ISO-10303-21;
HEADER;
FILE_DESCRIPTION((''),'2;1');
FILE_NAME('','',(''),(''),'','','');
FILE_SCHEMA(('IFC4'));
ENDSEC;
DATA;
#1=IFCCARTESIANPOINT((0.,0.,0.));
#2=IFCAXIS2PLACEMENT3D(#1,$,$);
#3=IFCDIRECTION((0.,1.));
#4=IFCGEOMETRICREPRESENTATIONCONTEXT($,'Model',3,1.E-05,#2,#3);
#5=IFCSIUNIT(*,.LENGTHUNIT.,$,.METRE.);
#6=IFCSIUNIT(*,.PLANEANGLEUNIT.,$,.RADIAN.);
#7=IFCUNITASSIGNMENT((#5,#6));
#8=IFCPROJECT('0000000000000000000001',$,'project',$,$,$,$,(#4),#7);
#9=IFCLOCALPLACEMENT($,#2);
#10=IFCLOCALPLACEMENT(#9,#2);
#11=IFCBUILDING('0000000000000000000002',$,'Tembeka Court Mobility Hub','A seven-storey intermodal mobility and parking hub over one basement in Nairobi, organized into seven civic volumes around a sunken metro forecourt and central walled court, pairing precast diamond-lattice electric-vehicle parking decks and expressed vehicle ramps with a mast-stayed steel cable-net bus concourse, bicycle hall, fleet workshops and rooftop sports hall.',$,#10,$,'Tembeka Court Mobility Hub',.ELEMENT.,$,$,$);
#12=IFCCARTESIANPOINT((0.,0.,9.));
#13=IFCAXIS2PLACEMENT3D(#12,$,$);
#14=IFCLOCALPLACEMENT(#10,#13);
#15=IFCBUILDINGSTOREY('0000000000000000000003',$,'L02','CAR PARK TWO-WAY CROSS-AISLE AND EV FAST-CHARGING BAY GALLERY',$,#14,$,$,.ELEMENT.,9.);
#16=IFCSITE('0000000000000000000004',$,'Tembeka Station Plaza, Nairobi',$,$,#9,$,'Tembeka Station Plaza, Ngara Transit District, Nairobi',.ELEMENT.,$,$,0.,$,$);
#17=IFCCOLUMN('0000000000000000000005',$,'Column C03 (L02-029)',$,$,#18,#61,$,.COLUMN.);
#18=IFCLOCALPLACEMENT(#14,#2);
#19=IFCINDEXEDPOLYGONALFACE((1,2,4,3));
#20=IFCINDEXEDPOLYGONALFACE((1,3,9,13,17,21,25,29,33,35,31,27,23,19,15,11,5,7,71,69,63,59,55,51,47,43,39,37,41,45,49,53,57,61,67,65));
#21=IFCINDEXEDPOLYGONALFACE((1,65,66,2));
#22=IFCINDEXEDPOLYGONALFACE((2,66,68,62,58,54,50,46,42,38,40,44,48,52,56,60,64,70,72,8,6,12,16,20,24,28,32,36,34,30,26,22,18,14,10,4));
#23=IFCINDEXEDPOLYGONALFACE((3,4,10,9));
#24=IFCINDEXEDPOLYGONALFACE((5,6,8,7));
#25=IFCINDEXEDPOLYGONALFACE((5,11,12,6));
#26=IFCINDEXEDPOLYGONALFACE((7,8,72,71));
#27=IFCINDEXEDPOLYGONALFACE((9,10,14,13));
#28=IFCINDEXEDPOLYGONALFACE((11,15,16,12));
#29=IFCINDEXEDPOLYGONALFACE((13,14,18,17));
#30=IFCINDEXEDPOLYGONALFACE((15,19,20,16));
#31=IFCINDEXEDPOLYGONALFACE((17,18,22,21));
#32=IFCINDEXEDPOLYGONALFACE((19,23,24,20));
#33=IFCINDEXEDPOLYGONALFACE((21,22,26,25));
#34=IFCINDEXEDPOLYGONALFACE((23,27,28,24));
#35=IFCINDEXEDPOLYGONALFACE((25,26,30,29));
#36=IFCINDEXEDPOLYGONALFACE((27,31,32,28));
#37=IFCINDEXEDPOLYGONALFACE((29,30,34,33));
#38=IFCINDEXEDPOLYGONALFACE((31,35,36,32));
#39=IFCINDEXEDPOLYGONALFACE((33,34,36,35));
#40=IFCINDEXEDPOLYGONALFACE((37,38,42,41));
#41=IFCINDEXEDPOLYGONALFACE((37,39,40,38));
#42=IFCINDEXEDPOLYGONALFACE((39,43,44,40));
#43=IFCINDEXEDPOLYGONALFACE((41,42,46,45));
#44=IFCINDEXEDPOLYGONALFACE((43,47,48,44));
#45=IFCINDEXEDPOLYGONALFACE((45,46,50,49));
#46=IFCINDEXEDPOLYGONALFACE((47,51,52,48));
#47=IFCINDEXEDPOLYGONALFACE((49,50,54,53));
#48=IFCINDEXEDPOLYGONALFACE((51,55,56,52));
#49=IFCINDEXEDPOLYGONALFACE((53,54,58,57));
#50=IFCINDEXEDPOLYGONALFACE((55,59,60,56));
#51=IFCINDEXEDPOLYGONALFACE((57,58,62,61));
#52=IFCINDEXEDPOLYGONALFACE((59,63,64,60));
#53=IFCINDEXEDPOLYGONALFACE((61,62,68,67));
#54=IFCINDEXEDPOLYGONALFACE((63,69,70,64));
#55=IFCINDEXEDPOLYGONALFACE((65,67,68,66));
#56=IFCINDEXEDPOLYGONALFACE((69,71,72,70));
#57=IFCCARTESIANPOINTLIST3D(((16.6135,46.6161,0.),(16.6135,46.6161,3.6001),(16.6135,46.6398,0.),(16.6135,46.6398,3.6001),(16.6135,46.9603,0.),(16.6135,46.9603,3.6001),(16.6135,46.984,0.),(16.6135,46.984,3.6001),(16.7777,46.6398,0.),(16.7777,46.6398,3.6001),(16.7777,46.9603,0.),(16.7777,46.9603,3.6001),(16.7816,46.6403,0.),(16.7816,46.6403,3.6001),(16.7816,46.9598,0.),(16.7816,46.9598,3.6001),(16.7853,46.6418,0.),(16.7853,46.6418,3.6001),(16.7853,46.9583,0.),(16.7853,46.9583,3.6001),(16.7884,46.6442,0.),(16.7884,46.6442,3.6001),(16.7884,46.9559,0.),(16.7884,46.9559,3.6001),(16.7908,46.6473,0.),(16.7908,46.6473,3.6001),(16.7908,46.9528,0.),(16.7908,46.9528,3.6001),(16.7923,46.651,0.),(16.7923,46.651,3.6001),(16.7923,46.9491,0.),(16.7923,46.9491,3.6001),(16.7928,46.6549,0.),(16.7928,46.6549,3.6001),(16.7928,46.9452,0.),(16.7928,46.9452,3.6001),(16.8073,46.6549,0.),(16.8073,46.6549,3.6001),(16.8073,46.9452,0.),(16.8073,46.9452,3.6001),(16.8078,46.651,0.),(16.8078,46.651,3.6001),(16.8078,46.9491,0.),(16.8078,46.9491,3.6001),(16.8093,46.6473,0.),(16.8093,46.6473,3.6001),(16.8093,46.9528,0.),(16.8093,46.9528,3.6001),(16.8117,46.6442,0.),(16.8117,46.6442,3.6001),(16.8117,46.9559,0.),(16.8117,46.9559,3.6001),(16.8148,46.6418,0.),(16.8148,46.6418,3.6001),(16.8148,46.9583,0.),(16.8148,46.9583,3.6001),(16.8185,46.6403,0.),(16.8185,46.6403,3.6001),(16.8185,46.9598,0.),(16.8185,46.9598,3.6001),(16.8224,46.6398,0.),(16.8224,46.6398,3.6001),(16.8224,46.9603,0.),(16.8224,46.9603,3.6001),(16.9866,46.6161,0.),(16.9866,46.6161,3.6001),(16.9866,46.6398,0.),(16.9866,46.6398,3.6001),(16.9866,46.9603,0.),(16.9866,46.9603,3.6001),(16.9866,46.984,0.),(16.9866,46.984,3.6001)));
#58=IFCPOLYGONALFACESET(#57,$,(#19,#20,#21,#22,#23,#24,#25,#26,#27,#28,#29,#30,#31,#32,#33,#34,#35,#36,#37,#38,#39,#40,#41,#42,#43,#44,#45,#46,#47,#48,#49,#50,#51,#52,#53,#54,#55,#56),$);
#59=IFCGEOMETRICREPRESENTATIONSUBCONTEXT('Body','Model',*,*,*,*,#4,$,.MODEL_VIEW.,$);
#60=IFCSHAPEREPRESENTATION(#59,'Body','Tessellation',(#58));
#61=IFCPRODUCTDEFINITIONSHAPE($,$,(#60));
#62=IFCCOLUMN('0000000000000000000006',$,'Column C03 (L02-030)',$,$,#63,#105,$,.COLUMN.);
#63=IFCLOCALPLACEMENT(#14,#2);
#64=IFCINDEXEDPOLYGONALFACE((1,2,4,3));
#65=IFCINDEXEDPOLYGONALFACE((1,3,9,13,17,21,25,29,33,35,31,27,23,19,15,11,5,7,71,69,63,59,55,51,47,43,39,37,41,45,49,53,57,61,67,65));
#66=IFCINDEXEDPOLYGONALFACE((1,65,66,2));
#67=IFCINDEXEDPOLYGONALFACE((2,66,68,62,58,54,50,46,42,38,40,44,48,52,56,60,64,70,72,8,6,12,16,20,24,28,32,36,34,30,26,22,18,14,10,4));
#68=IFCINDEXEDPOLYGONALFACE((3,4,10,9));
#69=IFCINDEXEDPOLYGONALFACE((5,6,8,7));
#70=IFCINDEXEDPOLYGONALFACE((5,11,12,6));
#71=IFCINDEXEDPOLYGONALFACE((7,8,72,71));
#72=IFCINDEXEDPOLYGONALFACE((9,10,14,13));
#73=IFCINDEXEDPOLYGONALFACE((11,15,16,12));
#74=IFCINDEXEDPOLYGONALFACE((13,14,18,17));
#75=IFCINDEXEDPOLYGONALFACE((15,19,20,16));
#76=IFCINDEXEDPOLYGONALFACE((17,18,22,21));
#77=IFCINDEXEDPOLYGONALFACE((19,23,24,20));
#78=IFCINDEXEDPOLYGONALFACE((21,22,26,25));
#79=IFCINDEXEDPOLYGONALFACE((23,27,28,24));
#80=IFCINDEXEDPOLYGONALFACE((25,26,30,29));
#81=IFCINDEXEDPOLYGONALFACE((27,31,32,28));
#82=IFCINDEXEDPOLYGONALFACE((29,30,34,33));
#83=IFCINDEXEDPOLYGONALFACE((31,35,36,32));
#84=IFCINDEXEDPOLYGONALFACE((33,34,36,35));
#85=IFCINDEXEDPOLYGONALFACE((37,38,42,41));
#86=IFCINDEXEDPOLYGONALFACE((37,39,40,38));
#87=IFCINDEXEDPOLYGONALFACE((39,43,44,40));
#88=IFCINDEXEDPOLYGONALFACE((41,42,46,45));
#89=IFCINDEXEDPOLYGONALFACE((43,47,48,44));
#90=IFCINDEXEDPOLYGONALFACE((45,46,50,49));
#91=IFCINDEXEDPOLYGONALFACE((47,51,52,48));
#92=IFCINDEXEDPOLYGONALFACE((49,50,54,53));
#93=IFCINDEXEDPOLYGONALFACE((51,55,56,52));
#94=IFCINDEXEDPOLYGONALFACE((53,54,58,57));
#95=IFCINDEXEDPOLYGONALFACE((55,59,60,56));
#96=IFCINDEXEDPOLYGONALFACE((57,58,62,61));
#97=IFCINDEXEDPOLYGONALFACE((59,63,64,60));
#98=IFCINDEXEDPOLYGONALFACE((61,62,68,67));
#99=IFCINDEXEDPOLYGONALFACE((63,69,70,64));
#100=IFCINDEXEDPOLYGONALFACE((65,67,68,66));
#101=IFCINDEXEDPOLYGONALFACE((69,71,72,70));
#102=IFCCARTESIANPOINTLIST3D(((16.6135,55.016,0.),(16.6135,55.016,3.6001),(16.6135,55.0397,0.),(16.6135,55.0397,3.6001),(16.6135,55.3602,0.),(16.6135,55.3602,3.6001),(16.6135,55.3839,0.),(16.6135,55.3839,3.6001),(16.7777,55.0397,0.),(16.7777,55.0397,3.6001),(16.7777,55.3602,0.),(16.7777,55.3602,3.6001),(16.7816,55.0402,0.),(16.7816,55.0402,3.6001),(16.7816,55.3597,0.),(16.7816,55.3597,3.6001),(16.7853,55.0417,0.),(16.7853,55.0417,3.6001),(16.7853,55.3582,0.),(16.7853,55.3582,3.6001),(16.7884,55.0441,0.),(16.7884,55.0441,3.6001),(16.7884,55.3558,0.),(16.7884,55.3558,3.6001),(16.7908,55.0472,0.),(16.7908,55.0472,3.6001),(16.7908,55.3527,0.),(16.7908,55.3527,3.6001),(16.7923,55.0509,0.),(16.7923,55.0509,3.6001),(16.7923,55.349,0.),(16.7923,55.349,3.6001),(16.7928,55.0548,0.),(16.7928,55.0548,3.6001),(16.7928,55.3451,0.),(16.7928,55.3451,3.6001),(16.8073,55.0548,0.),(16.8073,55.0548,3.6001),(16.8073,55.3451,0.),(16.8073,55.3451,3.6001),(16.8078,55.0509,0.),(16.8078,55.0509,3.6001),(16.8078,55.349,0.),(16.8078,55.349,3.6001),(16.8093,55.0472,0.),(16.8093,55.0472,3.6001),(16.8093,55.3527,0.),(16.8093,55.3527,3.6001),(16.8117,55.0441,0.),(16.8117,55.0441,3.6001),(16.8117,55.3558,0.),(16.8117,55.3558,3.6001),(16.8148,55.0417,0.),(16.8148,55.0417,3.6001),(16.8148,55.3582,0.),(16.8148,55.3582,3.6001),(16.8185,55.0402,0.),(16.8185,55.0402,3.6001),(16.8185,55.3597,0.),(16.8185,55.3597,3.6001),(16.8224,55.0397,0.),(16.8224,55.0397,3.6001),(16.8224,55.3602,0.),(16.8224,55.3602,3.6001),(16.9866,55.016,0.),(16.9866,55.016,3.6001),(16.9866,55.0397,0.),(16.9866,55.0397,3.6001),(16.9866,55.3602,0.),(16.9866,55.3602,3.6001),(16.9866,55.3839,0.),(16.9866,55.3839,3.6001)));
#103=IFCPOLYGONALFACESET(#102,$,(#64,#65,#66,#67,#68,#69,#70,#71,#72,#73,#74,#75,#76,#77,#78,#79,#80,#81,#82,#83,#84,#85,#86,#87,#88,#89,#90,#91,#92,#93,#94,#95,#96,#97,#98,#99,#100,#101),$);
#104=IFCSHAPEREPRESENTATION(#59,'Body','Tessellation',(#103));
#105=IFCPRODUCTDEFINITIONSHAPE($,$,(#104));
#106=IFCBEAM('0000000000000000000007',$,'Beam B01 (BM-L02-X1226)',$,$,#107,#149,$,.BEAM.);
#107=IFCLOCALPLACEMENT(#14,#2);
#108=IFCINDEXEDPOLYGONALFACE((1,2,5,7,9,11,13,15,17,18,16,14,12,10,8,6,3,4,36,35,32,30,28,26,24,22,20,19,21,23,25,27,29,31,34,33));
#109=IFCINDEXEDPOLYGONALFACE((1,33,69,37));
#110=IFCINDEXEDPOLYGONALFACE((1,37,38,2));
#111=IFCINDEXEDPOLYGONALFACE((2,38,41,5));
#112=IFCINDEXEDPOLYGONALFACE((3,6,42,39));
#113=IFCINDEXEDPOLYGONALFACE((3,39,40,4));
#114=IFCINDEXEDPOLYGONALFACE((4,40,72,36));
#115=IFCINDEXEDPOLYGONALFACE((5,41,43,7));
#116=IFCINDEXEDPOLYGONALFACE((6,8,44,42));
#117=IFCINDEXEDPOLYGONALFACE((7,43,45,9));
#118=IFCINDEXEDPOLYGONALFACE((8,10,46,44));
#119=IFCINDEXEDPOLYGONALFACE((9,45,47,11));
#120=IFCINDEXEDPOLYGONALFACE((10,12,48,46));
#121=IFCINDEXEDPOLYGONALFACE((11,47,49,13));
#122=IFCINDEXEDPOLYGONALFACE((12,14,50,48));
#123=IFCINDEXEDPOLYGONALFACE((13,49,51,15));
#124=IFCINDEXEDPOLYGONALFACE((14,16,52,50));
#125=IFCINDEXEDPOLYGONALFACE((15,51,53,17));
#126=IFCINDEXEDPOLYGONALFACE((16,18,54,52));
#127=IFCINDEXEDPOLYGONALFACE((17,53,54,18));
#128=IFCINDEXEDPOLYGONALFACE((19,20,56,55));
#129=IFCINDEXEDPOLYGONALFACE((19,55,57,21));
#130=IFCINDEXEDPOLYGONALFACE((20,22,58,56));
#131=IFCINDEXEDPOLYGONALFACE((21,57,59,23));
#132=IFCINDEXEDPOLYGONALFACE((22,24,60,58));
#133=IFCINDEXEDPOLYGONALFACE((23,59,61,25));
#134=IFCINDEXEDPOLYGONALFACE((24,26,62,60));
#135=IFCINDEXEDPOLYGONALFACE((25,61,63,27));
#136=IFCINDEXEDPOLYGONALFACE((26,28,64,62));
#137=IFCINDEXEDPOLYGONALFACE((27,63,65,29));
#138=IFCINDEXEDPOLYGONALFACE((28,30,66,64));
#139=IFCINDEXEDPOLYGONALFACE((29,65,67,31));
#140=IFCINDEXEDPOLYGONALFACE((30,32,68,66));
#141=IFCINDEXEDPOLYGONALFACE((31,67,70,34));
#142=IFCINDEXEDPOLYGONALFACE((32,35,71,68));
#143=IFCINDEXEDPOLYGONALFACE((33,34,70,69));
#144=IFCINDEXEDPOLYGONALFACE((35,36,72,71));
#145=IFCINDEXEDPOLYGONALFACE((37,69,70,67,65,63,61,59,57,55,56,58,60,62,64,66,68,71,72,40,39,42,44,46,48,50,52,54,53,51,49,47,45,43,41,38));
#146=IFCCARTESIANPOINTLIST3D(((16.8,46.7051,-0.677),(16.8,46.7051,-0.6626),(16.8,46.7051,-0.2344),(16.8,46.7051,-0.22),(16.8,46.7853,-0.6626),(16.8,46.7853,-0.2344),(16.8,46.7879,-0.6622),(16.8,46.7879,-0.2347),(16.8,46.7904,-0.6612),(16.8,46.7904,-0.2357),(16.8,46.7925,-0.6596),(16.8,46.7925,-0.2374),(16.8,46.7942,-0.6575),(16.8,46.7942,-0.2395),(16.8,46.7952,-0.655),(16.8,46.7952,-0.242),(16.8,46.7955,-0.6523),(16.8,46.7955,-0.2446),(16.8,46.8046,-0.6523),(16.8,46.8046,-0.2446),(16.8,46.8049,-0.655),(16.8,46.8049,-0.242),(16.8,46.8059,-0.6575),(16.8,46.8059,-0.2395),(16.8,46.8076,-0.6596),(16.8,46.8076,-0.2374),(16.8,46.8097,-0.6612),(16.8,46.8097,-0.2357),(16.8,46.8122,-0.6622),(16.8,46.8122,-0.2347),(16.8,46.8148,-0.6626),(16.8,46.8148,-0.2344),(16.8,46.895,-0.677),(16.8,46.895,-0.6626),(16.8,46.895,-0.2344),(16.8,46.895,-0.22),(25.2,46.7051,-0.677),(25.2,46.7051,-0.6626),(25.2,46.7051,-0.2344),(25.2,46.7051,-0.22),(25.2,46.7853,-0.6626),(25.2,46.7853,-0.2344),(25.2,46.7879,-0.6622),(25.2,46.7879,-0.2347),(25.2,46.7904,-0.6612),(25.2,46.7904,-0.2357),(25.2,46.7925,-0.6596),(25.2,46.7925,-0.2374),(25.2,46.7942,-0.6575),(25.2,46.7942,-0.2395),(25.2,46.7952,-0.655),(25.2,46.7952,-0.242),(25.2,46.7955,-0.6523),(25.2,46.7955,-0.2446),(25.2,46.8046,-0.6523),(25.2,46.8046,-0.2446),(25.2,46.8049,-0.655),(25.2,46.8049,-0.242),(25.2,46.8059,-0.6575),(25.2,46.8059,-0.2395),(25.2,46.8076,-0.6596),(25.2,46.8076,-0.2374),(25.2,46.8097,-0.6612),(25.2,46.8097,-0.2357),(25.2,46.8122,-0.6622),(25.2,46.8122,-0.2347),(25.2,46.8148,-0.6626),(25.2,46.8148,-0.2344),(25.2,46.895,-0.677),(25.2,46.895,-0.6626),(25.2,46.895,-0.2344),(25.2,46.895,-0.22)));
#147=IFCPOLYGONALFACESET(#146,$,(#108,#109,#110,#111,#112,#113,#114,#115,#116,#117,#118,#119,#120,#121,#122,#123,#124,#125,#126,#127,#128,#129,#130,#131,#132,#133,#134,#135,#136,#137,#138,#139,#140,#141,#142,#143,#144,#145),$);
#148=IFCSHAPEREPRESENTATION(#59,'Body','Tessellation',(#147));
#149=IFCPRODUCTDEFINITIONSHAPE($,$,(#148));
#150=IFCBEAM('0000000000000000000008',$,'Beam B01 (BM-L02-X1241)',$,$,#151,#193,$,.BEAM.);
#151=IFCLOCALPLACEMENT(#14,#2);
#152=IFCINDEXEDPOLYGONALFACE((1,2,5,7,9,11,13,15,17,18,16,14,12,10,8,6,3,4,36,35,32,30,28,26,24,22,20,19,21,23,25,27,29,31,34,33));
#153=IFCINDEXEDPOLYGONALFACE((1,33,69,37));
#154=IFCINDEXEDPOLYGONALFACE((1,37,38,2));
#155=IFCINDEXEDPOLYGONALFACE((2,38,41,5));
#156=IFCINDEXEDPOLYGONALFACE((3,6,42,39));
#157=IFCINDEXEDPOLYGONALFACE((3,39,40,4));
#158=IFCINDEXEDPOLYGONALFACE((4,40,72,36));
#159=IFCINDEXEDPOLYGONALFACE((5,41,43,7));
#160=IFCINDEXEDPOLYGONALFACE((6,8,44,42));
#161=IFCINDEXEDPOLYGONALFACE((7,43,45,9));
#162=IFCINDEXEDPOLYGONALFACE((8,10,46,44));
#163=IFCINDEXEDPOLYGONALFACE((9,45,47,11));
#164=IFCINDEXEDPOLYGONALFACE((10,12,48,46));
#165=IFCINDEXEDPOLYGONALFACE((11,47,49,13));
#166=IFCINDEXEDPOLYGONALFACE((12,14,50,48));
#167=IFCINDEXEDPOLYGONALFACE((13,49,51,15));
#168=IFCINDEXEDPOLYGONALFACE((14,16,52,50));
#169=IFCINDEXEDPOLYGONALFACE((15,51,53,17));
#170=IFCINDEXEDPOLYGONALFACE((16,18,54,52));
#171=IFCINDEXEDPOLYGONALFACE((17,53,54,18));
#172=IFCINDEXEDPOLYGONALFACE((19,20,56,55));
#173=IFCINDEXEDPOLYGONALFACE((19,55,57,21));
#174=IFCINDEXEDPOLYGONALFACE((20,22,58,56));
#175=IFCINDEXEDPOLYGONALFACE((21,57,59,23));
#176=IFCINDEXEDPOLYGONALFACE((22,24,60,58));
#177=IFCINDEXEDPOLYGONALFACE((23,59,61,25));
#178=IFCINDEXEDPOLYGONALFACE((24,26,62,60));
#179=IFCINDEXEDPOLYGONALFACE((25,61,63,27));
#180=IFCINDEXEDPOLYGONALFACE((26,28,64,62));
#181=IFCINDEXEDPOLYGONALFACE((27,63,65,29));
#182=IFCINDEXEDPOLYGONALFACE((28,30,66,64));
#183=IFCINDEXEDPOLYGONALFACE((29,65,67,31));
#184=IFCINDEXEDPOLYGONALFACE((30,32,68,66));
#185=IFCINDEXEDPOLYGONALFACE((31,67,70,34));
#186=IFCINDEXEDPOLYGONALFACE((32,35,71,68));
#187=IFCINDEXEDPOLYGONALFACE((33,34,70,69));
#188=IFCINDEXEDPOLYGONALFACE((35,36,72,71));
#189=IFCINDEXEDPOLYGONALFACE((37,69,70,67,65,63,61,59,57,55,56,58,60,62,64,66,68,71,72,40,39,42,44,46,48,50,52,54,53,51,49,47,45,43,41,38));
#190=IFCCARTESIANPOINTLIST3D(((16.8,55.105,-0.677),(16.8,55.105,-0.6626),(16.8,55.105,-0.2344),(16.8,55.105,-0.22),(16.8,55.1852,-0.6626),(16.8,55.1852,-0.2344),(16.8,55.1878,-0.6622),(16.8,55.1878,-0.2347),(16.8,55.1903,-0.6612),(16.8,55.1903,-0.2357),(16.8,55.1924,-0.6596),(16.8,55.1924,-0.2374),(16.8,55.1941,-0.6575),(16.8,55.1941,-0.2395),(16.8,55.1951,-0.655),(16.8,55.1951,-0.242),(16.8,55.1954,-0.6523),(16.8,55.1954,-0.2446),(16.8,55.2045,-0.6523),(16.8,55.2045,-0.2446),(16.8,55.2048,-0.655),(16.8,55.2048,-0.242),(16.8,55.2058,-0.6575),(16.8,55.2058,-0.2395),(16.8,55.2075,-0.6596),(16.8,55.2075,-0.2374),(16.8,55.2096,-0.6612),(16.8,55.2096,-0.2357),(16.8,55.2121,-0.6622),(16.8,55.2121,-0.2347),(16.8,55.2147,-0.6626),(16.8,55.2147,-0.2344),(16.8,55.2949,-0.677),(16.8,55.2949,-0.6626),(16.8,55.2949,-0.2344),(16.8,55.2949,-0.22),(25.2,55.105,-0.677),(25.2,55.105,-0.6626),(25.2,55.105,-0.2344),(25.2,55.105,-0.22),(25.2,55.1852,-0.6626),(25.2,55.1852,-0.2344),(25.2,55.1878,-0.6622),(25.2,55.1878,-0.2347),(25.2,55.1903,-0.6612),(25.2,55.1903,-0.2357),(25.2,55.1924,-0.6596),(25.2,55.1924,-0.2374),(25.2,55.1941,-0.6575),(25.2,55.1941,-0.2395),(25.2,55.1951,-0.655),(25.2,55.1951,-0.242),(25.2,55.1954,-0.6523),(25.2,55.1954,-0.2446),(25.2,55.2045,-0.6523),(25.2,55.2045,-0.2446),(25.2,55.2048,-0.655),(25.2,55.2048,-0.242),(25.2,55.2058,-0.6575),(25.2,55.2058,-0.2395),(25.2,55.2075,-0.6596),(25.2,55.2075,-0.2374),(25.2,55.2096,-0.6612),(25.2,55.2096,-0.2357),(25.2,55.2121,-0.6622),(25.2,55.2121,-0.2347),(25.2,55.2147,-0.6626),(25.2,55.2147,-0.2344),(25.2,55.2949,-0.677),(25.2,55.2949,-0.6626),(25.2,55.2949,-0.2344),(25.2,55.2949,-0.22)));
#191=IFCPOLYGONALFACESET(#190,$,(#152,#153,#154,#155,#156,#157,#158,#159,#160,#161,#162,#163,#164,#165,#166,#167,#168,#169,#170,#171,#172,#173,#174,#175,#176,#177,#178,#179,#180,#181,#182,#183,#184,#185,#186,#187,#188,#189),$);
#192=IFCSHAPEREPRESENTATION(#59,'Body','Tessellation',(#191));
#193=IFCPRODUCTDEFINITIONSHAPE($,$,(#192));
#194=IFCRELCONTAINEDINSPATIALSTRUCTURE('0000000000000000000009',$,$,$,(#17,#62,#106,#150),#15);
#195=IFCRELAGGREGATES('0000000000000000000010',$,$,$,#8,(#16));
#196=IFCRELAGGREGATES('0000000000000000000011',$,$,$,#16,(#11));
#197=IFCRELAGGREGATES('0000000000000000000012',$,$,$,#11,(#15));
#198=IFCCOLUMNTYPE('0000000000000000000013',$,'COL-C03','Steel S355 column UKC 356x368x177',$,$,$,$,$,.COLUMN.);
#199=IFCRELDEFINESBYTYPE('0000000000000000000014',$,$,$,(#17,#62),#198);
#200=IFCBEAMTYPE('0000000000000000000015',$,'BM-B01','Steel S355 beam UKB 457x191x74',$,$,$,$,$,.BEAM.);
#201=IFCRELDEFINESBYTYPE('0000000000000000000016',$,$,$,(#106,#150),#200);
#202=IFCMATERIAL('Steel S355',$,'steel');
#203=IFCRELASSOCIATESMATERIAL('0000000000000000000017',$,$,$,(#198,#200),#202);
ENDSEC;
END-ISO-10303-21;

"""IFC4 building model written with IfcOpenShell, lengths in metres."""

from ifc_helpers import new_model, si_unit, direction, frame, origin, origin_2d, place, context, subcontext, project, spatial, i_section, extrude, material, material_profile, profile_set, type_object, element, save


model = new_model("IFC4")

# Units and contexts
model_context = context("Model", 3, precision=1e-05, world=origin(), true_north=direction((0.0, 1.0)))
body_context = subcontext(model_context, "Body", "Model", "MODEL_VIEW")
ifc_project = project(units=[si_unit("LENGTHUNIT", "METRE"), si_unit("PLANEANGLEUNIT", "RADIAN")], contexts=[model_context])

# Site, building, storey
site_placement = place(None, origin())
site = spatial("IfcSite", under=ifc_project, at=site_placement, Name="Tembeka Station Plaza, Nairobi", LongName="Tembeka Station Plaza, Ngara Transit District, Nairobi", CompositionType="ELEMENT", RefElevation=0.0)
building_placement = place(site_placement, origin())
building = spatial("IfcBuilding", under=site, at=building_placement, Name="Tembeka Court Mobility Hub", Description="A seven-storey intermodal mobility and parking hub over one basement in Nairobi, organized into seven civic volumes around a sunken metro forecourt and central walled court, pairing precast diamond-lattice electric-vehicle parking decks and expressed vehicle ramps with a mast-stayed steel cable-net bus concourse, bicycle hall, fleet workshops and rooftop sports hall.", LongName="Tembeka Court Mobility Hub", CompositionType="ELEMENT")
storey_placement = place(building_placement, frame((0.0, 0.0, 9.0)))
storey = spatial("IfcBuildingStorey", under=building, at=storey_placement, Name="L02", Description="CAR PARK TWO-WAY CROSS-AISLE AND EV FAST-CHARGING BAY GALLERY", CompositionType="ELEMENT", Elevation=9.0)

# Columns
ifc_material_1 = material(Name="Steel S355", Category="steel")
ifc_material_profile_1 = material_profile(ifc_material_1, i_section(OverallWidth=0.373, OverallDepth=0.3679, WebThickness=0.0144, FlangeThickness=0.0237, FilletRadius=0.0151, at=origin_2d()), Name="UKC 356x368x177")
ifc_profile_set_1 = profile_set([ifc_material_profile_1], Name="Steel S355")
column_type = type_object("IfcColumnType", Name="COL-C03", Description="Steel S355 column UKC 356x368x177", PredefinedType="COLUMN", material=ifc_profile_set_1)
for number, where, z_axis, x_axis, name in (
    (1, (16.8, 46.8, 0.0), (0.0, 0.0, 1.0), (1.0, 0.0, 0.0), "Column C03 (L02-029)"),
    (2, (16.8, 55.2, 0.0), (0.0, 0.0, 1.0), (1.0, 0.0, 0.0), "Column C03 (L02-030)"),
):
    element("IfcColumn", number, at=place(storey_placement, frame(where, z_axis=z_axis, x_axis=x_axis)), inside=storey, type_object=column_type, Name=name, PredefinedType="COLUMN", context=body_context, shape_type="SweptSolid", body=[
        extrude(i_section(OverallWidth=0.373, OverallDepth=0.3679, WebThickness=0.0144, FlangeThickness=0.0237, FilletRadius=0.0151, at=origin_2d()), origin(), (0.0, 0.0, 1.0), 3.6001),
    ])

# Beams
ifc_material_profile_2 = material_profile(ifc_material_1, i_section(OverallWidth=0.1899, OverallDepth=0.457, WebThickness=0.009, FlangeThickness=0.0144, FilletRadius=0.0103, at=origin_2d()), Name="UKB 457x191x74")
ifc_profile_set_2 = profile_set([ifc_material_profile_2], Name="Steel S355")
beam_type_1 = type_object("IfcBeamType", Name="BM-B01", Description="Steel S355 beam UKB 457x191x74", PredefinedType="BEAM", material=ifc_profile_set_2)
for number, where, z_axis, x_axis, name in (
    (3, (16.8, 46.8, -0.4485), (1.0, 0.0, 0.0), (0.0, 1.0, 0.0), "Beam B01 (BM-L02-X1226)"),
    (4, (16.8, 55.2, -0.4485), (1.0, 0.0, 0.0), (0.0, 1.0, 0.0), "Beam B01 (BM-L02-X1241)"),
):
    element("IfcBeam", number, at=place(storey_placement, frame(where, z_axis=z_axis, x_axis=x_axis)), inside=storey, type_object=beam_type_1, Name=name, PredefinedType="BEAM", context=body_context, shape_type="SweptSolid", body=[
        extrude(i_section(OverallWidth=0.1899, OverallDepth=0.457, WebThickness=0.009, FlangeThickness=0.0144, FilletRadius=0.0103, at=origin_2d()), origin(), (0.0, 0.0, 1.0), 8.3999),
    ])

save(model, "model.ifc")
